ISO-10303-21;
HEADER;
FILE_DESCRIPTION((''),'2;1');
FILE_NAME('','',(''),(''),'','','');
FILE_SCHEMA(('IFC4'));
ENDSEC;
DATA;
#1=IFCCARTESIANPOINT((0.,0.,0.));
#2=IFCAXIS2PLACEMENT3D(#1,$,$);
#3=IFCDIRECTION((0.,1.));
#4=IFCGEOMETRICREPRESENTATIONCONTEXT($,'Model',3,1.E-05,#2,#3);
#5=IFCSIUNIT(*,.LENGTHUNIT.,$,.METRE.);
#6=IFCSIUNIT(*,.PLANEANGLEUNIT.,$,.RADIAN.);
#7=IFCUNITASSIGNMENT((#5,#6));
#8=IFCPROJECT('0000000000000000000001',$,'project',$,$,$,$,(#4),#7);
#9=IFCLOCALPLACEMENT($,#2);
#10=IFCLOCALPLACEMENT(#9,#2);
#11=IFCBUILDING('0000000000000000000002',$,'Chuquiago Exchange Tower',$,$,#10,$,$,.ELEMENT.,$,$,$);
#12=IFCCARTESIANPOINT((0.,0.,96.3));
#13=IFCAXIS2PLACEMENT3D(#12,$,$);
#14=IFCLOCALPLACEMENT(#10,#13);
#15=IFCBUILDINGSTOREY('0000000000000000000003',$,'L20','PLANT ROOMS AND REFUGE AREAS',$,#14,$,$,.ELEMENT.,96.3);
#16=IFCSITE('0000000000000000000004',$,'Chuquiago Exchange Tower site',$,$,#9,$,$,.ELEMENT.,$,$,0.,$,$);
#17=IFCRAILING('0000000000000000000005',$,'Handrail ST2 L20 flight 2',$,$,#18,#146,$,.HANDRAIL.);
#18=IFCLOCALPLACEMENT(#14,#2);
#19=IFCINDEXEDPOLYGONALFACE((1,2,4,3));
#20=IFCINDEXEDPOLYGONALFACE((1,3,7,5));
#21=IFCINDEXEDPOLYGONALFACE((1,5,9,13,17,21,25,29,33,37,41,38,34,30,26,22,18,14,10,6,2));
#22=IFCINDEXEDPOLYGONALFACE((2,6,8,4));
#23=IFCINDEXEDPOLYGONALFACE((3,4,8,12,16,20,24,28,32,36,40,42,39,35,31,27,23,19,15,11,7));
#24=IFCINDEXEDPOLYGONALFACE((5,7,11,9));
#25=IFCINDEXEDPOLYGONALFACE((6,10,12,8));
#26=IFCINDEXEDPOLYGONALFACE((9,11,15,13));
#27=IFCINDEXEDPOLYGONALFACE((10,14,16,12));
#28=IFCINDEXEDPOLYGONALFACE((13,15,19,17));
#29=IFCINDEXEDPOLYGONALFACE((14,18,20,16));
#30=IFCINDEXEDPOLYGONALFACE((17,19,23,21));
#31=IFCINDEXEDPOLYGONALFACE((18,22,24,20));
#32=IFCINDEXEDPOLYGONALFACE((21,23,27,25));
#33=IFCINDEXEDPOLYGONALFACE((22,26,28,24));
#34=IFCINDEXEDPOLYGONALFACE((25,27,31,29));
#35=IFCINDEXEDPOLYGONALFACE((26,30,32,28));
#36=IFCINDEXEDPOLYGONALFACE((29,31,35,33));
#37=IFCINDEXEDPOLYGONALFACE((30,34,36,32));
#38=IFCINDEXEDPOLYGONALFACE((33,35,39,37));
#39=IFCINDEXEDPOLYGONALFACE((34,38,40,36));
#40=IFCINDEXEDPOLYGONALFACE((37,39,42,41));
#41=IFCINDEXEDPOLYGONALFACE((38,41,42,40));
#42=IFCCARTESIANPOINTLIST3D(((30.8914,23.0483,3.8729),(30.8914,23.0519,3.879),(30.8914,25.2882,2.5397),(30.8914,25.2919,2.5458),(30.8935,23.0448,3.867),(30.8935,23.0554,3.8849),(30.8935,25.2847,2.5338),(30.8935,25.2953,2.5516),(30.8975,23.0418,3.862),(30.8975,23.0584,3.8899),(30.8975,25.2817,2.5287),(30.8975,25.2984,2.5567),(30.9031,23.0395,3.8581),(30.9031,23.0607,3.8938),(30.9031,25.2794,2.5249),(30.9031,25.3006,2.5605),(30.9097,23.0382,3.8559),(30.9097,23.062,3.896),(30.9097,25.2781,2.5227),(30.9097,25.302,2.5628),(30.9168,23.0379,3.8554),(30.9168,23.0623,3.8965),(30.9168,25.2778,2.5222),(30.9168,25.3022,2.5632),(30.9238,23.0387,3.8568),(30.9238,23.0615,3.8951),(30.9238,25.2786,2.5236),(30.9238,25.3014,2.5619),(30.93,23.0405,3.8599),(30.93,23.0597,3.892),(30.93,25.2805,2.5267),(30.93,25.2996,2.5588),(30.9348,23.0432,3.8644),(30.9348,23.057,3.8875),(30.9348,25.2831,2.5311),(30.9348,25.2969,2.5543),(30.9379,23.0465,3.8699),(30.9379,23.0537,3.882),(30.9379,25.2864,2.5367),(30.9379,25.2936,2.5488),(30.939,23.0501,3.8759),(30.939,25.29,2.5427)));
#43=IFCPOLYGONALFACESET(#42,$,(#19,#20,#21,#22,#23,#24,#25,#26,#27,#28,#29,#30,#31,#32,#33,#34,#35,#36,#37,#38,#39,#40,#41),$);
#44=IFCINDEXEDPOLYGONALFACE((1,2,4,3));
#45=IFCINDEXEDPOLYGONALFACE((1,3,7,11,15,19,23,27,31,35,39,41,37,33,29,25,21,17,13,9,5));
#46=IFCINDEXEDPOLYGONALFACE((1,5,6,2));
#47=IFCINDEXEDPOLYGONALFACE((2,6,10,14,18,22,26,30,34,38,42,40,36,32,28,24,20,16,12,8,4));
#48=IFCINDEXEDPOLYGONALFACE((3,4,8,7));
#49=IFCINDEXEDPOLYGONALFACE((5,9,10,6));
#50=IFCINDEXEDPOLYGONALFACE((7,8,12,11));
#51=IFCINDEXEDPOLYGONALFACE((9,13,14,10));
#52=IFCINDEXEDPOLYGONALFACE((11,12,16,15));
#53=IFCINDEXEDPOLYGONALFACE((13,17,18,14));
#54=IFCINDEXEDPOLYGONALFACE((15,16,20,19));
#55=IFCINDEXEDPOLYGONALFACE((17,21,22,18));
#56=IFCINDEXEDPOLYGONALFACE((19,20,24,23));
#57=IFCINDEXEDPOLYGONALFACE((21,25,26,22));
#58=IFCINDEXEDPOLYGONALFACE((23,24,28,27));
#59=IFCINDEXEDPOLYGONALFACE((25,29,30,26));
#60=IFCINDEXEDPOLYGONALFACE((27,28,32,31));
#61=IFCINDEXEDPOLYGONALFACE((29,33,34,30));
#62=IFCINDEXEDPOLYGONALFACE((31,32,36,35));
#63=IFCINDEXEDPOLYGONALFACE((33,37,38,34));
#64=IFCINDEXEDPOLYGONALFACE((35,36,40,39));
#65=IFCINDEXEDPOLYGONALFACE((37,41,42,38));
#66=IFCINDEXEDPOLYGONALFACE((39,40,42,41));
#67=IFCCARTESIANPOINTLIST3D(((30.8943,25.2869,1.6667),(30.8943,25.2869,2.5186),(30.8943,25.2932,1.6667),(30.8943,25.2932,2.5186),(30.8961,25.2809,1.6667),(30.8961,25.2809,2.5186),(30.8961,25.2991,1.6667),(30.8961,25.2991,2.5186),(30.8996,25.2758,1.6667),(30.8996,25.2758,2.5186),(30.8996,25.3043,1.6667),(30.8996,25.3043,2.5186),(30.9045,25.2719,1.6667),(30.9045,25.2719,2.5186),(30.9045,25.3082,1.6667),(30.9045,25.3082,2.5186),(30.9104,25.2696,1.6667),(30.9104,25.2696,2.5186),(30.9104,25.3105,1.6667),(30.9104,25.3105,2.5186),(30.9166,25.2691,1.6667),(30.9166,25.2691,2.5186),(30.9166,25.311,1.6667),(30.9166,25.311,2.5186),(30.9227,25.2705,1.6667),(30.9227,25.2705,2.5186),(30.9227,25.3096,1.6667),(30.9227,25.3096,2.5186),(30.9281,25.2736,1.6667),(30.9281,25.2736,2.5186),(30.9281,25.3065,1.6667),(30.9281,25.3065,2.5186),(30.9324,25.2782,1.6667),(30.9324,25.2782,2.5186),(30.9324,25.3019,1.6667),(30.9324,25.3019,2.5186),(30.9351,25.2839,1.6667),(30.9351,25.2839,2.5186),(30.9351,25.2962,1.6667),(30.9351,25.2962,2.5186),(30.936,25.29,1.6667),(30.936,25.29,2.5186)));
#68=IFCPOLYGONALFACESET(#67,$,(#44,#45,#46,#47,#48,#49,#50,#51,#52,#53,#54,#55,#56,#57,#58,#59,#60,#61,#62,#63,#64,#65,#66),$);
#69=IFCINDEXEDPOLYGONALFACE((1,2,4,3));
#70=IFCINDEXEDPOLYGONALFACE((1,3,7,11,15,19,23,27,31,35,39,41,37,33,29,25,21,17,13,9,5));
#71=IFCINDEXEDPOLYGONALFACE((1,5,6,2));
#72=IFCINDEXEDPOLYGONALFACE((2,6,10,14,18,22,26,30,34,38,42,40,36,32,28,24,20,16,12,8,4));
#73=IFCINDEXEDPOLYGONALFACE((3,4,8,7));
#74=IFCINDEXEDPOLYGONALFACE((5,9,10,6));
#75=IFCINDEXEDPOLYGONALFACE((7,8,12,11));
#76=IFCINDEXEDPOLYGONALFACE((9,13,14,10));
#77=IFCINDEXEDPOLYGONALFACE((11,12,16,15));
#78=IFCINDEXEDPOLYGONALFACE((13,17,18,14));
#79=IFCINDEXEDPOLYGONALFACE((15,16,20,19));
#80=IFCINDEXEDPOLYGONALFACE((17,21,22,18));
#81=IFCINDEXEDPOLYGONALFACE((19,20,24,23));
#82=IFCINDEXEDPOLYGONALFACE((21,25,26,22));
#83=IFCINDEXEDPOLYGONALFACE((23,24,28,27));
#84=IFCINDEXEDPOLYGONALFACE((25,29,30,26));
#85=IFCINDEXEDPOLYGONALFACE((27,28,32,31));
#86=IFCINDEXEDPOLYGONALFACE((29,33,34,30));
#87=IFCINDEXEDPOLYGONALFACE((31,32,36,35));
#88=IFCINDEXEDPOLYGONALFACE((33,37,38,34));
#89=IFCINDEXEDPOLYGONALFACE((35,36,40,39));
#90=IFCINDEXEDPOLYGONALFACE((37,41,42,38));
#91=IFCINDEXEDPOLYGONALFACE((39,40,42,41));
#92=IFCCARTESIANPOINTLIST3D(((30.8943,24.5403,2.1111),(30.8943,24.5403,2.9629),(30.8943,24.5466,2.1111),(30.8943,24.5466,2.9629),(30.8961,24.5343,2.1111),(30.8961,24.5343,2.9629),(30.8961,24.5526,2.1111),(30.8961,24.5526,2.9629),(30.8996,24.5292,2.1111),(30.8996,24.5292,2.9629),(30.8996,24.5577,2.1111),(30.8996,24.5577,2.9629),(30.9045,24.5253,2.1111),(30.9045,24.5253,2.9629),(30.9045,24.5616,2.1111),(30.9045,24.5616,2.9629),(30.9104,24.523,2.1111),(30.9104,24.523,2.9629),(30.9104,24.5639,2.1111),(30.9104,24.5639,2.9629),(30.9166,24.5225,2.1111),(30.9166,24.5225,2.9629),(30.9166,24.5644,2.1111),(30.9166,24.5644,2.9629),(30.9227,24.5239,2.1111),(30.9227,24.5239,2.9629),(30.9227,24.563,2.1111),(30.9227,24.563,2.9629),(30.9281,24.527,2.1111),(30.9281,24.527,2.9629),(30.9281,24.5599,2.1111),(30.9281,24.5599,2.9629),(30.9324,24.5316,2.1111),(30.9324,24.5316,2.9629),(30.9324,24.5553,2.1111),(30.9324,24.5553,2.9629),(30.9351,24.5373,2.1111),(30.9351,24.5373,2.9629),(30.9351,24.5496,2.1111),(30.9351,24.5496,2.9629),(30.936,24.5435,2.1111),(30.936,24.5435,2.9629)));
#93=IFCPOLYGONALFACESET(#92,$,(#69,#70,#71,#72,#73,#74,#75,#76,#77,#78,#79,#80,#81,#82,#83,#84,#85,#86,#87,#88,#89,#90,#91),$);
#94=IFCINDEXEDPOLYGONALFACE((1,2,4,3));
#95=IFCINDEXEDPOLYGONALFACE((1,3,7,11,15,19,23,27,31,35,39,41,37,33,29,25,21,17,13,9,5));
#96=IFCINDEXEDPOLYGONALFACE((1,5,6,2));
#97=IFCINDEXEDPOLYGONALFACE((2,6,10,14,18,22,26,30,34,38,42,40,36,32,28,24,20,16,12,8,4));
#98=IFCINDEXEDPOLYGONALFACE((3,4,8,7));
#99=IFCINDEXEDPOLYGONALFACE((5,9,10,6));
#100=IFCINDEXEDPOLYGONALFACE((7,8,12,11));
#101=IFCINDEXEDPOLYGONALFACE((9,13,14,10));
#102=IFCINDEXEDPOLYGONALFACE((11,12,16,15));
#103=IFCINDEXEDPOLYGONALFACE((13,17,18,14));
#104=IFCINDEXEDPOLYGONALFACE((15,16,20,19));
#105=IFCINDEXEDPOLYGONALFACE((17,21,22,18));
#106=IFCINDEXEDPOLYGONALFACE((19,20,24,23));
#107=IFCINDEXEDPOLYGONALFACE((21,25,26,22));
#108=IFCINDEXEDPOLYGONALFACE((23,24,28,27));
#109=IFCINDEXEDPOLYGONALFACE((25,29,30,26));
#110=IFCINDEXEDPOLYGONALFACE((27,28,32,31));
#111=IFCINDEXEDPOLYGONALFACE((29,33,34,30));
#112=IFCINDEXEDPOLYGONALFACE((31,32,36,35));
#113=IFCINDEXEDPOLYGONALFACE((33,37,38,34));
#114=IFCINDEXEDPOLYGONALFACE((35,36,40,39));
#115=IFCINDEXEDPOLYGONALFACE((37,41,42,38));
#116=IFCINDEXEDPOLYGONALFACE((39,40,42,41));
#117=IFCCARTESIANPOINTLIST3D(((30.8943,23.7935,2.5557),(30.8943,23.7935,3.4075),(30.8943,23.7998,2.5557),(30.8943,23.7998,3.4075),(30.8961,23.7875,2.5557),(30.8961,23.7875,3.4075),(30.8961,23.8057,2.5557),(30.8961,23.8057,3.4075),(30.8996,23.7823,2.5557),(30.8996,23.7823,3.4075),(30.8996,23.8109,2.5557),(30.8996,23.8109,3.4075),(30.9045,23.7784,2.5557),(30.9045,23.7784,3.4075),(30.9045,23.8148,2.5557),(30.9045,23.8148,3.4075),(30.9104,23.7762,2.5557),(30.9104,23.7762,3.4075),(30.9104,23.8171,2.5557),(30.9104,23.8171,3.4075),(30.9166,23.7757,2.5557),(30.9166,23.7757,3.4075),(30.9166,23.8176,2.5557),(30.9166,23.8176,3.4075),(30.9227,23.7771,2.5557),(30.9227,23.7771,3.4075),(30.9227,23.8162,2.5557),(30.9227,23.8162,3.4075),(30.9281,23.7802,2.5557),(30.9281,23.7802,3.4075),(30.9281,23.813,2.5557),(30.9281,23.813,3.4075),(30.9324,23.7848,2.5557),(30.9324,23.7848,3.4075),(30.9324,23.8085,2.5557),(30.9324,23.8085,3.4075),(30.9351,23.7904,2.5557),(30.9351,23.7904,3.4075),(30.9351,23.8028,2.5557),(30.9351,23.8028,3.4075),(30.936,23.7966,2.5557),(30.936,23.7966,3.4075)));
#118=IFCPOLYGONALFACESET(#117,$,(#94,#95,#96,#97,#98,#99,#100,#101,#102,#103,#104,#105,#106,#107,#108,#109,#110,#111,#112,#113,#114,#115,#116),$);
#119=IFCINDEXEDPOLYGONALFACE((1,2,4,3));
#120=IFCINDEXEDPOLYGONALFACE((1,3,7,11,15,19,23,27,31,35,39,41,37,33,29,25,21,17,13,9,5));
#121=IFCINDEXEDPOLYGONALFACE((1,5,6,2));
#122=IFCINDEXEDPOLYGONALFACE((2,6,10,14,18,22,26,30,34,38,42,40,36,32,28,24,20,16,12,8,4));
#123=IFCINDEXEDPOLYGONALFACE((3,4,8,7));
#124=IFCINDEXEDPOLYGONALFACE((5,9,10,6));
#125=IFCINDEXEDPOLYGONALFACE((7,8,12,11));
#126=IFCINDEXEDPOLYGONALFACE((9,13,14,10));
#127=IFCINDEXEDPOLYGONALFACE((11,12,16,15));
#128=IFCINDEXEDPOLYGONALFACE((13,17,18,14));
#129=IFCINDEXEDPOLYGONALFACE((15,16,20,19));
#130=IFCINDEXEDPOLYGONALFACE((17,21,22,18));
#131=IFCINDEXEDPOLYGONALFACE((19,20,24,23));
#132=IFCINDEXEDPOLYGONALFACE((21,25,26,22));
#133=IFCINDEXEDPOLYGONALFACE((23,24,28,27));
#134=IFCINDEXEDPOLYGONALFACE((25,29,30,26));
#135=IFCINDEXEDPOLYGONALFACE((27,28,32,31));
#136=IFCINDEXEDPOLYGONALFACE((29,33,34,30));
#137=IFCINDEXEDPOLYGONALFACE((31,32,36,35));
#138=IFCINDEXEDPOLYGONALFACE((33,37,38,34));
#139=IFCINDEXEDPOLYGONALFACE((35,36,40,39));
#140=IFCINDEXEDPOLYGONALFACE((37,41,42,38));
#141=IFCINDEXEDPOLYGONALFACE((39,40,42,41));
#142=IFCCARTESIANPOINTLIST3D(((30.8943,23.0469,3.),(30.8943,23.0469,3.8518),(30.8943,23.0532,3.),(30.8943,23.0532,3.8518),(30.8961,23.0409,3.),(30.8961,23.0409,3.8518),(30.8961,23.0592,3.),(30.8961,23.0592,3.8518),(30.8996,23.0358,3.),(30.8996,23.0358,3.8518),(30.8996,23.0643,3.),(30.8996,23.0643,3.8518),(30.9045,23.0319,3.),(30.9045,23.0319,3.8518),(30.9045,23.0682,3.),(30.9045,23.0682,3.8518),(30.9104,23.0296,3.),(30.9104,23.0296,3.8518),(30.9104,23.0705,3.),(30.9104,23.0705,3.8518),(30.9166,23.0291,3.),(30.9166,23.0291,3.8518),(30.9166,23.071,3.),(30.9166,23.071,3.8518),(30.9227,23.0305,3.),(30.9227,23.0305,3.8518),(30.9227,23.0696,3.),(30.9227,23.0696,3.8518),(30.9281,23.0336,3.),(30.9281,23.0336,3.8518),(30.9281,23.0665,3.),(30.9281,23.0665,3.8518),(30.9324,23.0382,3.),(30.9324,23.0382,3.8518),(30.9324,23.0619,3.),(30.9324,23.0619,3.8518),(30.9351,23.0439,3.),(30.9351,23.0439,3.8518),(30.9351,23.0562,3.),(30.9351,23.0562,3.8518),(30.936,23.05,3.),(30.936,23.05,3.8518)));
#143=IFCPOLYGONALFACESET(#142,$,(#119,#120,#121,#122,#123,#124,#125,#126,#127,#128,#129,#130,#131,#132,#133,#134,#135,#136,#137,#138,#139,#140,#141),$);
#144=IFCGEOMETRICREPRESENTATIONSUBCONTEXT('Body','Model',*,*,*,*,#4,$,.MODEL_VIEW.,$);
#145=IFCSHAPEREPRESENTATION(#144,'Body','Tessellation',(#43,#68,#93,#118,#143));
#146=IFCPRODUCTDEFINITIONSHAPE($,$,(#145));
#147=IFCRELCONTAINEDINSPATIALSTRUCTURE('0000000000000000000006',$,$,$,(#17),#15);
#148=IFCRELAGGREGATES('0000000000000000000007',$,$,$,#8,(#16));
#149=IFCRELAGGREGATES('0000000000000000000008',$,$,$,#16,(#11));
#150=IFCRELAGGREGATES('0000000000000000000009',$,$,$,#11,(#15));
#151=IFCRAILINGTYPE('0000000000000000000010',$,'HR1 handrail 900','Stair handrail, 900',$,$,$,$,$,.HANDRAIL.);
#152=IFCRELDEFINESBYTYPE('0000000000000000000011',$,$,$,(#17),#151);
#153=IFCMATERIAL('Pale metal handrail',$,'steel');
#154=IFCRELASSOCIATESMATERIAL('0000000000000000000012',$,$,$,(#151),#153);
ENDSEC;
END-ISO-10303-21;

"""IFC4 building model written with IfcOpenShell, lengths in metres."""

from ifc_helpers import new_model, si_unit, direction, frame, origin, origin_2d, place, context, subcontext, project, spatial, circle, extrude, material, type_object, element, save


model = new_model("IFC4")

# Units and contexts
model_context = context("Model", 3, precision=1e-05, world=origin(), true_north=direction((0.0, 1.0)))
body_context = subcontext(model_context, "Body", "Model", "MODEL_VIEW")
ifc_project = project(units=[si_unit("LENGTHUNIT", "METRE"), si_unit("PLANEANGLEUNIT", "RADIAN")], contexts=[model_context])

# Site, building, storey
site_placement = place(None, origin())
site = spatial("IfcSite", under=ifc_project, at=site_placement, Name="Chuquiago Exchange Tower site", CompositionType="ELEMENT", RefElevation=0.0)
building_placement = place(site_placement, origin())
building = spatial("IfcBuilding", under=site, at=building_placement, Name="Chuquiago Exchange Tower", CompositionType="ELEMENT")
storey_placement = place(building_placement, frame((0.0, 0.0, 96.3)))
storey = spatial("IfcBuildingStorey", under=building, at=storey_placement, Name="L20", Description="PLANT ROOMS AND REFUGE AREAS", CompositionType="ELEMENT", Elevation=96.3)

# Railing
ifc_material_1 = material(Name="Pale metal handrail", Category="steel")
railing_type_1 = type_object("IfcRailingType", Name="HR1 handrail 900", Description="Stair handrail, 900", PredefinedType="HANDRAIL", material=ifc_material_1)
for number, where, name in (
    (1, (30.915, 25.29, 1.6667), "Handrail ST2 L20 flight 2"),
):
    element("IfcRailing", number, at=place(storey_placement, frame(where)), inside=storey, type_object=railing_type_1, Name=name, PredefinedType="HANDRAIL", context=body_context, shape_type="SweptSolid", body=[
        extrude(circle(Radius=0.0239, at=origin_2d()), frame((0.0, 0.0, 0.876), z_axis=(0.0, -0.859306, 0.511462), x_axis=(1.0, 0.0, 0.0)), (0.0, 0.0, 1.0), 2.6067),
        extrude(circle(Radius=0.021, at=origin_2d()), origin(), (0.0, 0.0, 1.0), 0.8518),
        extrude(circle(Radius=0.021, at=origin_2d()), frame((0.0, -0.7466, 0.4443)), (0.0, 0.0, 1.0), 0.8518),
        extrude(circle(Radius=0.021, at=origin_2d()), frame((0.0, -1.4934, 0.8889)), (0.0, 0.0, 1.0), 0.8518),
        extrude(circle(Radius=0.021, at=origin_2d()), frame((0.0, -2.24, 1.3333)), (0.0, 0.0, 1.0), 0.8518),
    ])

save(model, "model.ifc")
